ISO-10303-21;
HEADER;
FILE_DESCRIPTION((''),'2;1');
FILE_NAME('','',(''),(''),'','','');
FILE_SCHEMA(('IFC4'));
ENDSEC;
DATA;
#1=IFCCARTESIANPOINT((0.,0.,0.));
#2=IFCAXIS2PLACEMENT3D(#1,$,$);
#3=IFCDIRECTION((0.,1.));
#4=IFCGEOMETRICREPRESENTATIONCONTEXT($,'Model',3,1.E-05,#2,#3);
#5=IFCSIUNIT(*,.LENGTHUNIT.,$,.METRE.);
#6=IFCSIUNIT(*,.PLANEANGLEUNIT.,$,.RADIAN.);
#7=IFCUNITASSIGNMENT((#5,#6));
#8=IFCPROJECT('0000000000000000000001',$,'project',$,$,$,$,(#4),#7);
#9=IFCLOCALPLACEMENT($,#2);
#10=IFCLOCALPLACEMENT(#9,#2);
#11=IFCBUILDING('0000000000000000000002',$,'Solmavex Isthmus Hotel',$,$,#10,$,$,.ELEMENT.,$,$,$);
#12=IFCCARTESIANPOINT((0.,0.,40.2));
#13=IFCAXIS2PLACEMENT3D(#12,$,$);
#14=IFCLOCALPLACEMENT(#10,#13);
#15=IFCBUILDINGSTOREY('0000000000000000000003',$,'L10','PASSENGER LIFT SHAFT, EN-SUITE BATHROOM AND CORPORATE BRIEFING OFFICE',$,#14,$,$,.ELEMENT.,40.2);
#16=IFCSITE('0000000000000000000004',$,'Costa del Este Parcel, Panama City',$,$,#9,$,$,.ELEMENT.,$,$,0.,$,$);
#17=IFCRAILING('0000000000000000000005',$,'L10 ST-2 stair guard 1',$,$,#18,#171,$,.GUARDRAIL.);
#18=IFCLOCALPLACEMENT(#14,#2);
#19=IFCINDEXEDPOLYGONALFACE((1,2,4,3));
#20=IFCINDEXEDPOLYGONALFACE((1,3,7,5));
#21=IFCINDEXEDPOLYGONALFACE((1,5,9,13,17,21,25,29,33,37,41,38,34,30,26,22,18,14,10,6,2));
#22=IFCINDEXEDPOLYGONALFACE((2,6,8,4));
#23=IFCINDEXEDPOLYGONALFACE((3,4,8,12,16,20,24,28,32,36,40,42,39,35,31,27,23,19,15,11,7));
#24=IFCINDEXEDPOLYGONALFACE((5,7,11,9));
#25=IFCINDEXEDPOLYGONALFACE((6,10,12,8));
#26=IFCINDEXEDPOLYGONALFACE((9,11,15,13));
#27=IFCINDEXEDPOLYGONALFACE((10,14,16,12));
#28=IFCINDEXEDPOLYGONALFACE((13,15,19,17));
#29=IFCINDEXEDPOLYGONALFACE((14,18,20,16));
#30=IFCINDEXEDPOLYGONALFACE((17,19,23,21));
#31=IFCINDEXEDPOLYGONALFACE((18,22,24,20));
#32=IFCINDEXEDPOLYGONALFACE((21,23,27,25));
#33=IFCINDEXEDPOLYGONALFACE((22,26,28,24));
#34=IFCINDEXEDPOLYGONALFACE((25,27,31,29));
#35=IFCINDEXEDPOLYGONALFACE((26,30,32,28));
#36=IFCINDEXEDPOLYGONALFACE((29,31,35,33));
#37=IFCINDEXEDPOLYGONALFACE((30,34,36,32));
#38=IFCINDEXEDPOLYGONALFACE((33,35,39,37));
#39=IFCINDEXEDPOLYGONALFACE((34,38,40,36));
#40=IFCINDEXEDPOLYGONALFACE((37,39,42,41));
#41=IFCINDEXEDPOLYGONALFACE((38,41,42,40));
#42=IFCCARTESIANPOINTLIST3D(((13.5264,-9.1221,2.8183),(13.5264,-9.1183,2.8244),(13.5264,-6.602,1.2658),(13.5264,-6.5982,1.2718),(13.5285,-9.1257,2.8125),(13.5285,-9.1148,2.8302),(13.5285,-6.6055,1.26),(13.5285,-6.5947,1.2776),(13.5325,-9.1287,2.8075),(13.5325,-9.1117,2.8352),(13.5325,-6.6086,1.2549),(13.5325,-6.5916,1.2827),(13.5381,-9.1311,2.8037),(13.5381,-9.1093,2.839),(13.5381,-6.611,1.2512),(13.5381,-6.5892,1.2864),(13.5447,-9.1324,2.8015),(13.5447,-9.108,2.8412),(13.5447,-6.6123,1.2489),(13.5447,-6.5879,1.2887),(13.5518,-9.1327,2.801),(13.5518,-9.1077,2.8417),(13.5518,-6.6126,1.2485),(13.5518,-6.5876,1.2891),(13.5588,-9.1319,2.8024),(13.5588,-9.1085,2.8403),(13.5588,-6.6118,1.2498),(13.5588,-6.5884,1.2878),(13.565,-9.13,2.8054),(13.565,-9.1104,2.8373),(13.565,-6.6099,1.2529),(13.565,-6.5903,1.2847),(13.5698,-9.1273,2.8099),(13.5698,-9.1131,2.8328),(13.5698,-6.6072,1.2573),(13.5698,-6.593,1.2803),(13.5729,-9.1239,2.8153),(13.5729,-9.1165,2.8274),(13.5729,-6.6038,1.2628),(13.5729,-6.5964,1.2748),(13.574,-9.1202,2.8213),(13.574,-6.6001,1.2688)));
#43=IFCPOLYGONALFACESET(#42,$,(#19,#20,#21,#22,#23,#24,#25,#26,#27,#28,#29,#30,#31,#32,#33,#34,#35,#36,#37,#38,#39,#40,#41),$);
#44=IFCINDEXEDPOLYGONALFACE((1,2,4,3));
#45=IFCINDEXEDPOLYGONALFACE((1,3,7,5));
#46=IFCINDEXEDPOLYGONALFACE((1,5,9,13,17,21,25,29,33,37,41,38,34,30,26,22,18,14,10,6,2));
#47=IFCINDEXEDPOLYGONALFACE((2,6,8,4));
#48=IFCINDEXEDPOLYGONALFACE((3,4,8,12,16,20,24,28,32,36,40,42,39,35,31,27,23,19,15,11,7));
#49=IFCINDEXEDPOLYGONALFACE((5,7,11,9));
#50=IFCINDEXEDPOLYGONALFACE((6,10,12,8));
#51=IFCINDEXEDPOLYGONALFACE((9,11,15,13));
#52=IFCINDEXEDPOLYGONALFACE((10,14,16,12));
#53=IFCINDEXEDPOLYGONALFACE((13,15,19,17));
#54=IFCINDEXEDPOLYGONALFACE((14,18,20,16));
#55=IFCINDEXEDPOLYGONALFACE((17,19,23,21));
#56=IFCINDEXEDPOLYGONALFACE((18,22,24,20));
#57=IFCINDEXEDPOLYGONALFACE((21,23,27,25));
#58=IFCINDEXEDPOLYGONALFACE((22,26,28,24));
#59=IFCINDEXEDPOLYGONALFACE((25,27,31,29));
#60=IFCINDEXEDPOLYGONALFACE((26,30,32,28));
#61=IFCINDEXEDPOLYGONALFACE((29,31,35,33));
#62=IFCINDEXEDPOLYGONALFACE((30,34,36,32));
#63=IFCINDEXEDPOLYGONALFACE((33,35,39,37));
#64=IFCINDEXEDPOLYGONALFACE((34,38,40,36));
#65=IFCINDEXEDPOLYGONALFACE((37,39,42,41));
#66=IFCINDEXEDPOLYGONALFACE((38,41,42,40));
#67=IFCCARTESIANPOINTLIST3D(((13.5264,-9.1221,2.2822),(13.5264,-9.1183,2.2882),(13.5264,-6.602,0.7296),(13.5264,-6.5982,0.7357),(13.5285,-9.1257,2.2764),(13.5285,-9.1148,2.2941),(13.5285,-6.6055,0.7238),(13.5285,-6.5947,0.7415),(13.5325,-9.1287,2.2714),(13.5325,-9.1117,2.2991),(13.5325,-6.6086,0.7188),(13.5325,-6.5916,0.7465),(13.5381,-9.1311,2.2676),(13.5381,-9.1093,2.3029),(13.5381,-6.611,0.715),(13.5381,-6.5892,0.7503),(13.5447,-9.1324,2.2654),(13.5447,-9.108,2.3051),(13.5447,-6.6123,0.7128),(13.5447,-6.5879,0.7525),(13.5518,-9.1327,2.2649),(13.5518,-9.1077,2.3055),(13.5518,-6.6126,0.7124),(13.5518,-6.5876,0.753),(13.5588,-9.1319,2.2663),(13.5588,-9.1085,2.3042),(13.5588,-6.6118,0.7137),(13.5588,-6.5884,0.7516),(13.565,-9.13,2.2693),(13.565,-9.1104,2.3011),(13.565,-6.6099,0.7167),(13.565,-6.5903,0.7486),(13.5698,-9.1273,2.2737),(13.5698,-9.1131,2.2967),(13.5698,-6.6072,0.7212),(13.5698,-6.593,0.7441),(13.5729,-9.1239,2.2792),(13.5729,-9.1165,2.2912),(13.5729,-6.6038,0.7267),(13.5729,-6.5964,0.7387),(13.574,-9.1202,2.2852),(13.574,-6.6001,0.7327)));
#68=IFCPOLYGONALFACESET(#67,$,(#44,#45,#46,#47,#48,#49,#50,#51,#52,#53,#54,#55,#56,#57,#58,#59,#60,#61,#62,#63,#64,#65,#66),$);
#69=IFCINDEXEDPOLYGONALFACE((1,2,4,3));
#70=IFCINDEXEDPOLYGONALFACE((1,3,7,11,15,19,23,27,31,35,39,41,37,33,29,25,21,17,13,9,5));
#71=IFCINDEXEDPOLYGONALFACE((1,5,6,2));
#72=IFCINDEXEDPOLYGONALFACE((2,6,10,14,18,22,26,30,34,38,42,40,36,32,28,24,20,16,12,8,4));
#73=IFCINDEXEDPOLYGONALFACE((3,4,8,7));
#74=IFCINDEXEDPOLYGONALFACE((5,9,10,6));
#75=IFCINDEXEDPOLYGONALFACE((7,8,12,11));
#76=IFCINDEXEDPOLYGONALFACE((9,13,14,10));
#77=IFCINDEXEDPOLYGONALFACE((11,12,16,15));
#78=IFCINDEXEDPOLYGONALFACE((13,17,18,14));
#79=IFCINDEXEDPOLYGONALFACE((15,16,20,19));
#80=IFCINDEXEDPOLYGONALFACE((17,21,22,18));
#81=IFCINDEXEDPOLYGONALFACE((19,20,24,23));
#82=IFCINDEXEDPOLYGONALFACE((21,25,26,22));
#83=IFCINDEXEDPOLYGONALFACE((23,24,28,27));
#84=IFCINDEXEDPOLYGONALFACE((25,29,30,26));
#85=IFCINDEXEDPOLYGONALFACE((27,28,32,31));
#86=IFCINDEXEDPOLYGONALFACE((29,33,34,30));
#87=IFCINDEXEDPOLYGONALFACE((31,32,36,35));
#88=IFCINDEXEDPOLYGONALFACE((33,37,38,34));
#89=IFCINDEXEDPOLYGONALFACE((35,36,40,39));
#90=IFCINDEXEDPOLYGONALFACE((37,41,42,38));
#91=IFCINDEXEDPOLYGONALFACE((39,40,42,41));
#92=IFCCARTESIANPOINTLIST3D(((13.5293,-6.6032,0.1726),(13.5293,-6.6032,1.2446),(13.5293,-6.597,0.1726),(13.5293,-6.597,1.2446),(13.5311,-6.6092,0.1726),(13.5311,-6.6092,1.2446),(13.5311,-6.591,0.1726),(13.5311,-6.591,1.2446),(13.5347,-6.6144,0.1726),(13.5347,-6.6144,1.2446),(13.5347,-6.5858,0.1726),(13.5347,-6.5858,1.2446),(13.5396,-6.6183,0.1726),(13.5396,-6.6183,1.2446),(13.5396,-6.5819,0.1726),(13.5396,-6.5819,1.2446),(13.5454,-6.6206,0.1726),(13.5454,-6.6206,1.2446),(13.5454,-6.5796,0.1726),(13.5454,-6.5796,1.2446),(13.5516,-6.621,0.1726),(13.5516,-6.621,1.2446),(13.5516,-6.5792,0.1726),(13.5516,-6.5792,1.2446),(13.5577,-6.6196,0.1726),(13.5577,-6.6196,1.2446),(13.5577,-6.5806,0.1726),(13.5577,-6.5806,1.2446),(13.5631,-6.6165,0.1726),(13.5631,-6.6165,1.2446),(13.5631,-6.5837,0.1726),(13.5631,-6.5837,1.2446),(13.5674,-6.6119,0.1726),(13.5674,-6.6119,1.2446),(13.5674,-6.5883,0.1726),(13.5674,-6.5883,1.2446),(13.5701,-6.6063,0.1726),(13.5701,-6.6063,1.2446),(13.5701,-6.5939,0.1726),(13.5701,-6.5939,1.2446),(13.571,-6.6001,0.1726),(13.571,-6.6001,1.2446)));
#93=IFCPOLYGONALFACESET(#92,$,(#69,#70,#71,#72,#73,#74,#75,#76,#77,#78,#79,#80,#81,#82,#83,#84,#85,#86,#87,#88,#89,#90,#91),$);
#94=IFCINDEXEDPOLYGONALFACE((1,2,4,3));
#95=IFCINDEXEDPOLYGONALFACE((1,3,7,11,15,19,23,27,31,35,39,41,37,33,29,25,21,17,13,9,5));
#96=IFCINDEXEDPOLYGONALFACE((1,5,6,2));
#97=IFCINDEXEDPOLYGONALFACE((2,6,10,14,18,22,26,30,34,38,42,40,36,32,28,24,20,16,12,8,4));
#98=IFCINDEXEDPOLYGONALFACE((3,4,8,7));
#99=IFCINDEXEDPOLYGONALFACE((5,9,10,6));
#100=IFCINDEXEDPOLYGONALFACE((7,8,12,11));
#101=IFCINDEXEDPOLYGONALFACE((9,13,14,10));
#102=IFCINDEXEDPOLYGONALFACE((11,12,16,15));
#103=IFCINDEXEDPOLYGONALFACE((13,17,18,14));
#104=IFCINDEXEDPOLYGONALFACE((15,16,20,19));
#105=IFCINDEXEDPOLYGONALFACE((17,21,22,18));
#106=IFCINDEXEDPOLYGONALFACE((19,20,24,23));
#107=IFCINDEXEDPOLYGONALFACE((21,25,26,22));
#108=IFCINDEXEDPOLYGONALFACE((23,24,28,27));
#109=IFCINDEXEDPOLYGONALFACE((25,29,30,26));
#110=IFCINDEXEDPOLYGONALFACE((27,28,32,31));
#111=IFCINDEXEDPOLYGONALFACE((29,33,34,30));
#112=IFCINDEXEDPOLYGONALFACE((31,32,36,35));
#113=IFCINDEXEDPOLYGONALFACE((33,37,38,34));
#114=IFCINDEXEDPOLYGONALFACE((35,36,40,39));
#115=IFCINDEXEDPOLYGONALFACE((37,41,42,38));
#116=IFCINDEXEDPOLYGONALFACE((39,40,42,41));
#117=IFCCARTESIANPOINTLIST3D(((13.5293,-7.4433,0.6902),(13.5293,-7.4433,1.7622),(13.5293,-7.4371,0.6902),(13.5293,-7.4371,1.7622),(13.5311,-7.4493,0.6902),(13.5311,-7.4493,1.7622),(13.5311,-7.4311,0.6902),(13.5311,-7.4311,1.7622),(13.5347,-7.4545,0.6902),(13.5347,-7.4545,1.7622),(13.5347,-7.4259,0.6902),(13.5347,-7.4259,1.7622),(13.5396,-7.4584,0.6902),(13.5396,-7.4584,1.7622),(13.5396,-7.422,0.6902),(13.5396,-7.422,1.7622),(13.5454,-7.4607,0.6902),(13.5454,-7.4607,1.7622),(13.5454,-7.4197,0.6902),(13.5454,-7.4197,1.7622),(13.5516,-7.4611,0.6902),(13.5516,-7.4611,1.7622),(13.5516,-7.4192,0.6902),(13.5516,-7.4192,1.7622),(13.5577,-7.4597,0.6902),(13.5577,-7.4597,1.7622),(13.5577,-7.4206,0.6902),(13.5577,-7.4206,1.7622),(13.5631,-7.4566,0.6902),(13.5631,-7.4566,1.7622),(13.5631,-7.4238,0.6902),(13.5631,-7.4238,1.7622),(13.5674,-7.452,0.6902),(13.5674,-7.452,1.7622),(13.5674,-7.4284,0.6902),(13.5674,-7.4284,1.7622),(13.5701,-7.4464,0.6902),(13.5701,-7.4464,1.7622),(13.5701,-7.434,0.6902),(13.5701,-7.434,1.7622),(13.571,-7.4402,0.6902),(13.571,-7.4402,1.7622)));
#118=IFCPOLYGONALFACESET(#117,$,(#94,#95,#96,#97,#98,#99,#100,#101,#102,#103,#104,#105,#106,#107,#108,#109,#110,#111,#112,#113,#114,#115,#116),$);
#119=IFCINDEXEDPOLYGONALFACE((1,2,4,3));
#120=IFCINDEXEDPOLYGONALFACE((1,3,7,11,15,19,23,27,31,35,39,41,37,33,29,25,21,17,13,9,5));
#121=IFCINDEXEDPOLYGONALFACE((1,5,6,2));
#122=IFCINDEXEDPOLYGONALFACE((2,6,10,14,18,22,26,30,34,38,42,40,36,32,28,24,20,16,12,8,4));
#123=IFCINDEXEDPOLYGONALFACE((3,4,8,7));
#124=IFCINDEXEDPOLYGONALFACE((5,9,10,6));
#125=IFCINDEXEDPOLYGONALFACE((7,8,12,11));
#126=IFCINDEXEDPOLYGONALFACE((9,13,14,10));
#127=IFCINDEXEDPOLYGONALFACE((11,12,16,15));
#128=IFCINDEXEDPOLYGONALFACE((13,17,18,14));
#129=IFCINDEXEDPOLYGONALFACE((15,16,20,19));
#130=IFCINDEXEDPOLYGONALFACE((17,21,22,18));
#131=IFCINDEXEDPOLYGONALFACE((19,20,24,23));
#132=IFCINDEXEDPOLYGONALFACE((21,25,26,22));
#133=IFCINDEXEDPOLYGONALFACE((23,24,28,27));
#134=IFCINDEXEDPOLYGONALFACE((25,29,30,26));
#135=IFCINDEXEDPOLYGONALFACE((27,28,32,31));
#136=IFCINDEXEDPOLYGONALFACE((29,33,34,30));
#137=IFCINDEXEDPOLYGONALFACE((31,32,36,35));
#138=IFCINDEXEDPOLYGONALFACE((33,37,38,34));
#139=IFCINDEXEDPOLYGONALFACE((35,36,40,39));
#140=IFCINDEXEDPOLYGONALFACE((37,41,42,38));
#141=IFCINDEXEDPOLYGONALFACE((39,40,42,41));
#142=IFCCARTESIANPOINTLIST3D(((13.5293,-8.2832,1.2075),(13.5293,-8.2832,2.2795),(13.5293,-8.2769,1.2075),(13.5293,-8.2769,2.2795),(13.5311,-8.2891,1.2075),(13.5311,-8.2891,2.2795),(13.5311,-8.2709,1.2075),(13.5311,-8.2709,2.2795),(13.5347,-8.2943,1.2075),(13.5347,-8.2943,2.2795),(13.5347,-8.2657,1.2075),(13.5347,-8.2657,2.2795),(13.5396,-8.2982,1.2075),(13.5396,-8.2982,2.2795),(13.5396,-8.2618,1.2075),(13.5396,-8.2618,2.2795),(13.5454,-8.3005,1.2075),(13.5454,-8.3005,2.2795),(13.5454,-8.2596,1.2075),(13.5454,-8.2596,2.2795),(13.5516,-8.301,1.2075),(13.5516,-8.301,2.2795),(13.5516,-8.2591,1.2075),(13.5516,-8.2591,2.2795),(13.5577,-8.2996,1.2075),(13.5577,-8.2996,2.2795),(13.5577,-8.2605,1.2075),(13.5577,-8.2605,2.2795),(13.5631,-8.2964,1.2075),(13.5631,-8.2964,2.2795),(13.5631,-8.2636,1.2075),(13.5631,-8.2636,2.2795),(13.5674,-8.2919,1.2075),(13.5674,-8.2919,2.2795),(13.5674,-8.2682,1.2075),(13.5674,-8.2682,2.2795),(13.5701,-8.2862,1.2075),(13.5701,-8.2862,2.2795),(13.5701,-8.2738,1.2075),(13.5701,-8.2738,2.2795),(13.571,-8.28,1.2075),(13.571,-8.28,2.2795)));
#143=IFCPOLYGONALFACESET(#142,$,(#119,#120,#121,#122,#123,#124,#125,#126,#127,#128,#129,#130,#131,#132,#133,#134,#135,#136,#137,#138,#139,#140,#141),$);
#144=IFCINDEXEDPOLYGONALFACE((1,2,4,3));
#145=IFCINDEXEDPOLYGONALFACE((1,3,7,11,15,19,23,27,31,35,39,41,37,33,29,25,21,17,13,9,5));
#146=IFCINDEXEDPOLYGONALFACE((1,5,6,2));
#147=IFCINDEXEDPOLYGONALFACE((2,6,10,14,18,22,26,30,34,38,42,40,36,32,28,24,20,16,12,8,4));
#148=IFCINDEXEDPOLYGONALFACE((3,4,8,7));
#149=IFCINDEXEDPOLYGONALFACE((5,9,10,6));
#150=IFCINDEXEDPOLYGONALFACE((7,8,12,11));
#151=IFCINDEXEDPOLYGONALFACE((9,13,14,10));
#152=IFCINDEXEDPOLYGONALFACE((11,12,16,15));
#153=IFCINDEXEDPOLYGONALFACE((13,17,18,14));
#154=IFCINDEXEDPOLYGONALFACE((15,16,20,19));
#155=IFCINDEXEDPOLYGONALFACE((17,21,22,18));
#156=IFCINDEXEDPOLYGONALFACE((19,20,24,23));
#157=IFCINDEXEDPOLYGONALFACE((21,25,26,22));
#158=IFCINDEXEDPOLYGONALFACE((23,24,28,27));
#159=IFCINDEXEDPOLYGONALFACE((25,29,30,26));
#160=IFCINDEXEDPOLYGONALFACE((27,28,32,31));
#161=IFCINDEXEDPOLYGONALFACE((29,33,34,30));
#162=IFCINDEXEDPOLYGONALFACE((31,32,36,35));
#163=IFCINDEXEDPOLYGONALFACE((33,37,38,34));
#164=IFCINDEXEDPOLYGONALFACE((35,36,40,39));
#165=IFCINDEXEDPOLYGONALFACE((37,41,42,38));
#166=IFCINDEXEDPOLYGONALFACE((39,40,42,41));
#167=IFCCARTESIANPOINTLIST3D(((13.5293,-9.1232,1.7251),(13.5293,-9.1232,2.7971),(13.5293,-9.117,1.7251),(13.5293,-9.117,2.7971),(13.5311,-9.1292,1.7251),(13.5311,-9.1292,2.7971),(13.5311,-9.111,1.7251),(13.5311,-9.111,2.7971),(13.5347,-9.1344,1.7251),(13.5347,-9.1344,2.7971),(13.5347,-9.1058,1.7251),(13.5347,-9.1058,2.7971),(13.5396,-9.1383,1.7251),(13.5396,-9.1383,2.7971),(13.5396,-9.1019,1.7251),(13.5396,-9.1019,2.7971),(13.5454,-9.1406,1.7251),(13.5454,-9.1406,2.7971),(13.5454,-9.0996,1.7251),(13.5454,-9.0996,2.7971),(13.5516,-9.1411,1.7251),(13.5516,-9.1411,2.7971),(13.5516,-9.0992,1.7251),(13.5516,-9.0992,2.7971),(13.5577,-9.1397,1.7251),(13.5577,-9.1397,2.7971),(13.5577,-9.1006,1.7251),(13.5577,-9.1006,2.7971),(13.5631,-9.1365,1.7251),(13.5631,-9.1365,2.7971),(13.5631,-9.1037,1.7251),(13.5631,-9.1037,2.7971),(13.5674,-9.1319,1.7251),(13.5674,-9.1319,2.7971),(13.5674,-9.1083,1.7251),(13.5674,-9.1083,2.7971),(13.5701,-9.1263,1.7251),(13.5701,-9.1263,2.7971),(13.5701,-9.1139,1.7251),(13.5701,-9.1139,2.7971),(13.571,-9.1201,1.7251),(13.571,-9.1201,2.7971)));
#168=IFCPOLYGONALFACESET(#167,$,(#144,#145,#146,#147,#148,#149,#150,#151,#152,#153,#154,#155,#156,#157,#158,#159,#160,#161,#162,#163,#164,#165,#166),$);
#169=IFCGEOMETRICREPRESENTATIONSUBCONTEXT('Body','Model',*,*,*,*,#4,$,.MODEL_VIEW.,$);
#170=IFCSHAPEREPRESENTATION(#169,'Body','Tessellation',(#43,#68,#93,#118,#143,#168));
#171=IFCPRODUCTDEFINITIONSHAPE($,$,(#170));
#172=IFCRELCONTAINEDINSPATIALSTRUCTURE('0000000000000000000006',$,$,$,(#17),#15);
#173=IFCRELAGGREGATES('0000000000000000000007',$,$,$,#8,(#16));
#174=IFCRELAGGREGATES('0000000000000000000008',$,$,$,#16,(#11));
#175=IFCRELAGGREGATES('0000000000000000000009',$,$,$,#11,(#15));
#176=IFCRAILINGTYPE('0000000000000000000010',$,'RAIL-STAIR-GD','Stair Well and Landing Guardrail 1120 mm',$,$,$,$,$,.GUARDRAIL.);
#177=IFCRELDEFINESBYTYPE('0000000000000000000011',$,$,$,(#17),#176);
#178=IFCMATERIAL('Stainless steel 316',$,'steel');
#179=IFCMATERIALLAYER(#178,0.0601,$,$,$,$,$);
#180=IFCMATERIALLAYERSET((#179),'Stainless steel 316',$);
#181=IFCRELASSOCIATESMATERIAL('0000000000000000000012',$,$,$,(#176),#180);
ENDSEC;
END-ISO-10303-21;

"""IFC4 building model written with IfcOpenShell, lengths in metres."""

from ifc_helpers import new_model, si_unit, direction, frame, origin, origin_2d, place, context, subcontext, project, spatial, circle, extrude, material, layer, layer_set, type_object, element, save


model = new_model("IFC4")

# Units and contexts
model_context = context("Model", 3, precision=1e-05, world=origin(), true_north=direction((0.0, 1.0)))
body_context = subcontext(model_context, "Body", "Model", "MODEL_VIEW")
ifc_project = project(units=[si_unit("LENGTHUNIT", "METRE"), si_unit("PLANEANGLEUNIT", "RADIAN")], contexts=[model_context])

# Site, building, storey
site_placement = place(None, origin())
site = spatial("IfcSite", under=ifc_project, at=site_placement, Name="Costa del Este Parcel, Panama City", CompositionType="ELEMENT", RefElevation=0.0)
building_placement = place(site_placement, origin())
building = spatial("IfcBuilding", under=site, at=building_placement, Name="Solmavex Isthmus Hotel", CompositionType="ELEMENT")
storey_placement = place(building_placement, frame((0.0, 0.0, 40.2)))
storey = spatial("IfcBuildingStorey", under=building, at=storey_placement, Name="L10", Description="PASSENGER LIFT SHAFT, EN-SUITE BATHROOM AND CORPORATE BRIEFING OFFICE", CompositionType="ELEMENT", Elevation=40.2)

# Railing
ifc_material_1 = material(Name="Stainless steel 316", Category="steel")
ifc_layer_1 = layer(ifc_material_1, 0.0601)
ifc_layer_set_1 = layer_set([ifc_layer_1], Name="Stainless steel 316")
railing_type_1 = type_object("IfcRailingType", Name="RAIL-STAIR-GD", Description="Stair Well and Landing Guardrail 1120 mm", PredefinedType="GUARDRAIL", material=ifc_layer_set_1)
railing_1_placement = place(storey_placement, frame((13.55, -6.6001, 0.1726)))
element("IfcRailing", 1, at=railing_1_placement, inside=storey, type_object=railing_type_1, Name="L10 ST-2 stair guard 1", PredefinedType="GUARDRAIL", context=body_context, shape_type="SweptSolid", body=[
    extrude(circle(Radius=0.0239, at=origin_2d()), frame((0.0, 0.0, 1.0962), z_axis=(0.0, -0.8514, 0.524516), x_axis=(1.0, 0.0, 0.0)), (0.0, 0.0, 1.0), 2.96),
    extrude(circle(Radius=0.0239, at=origin_2d()), frame((0.0, 0.0, 0.5601), z_axis=(0.0, -0.8514, 0.524516), x_axis=(1.0, 0.0, 0.0)), (0.0, 0.0, 1.0), 2.96),
    extrude(circle(Radius=0.021, at=origin_2d()), origin(), (0.0, 0.0, 1.0), 1.072),
    extrude(circle(Radius=0.021, at=origin_2d()), frame((0.0, -0.8401, 0.5176)), (0.0, 0.0, 1.0), 1.072),
    extrude(circle(Radius=0.021, at=origin_2d()), frame((0.0, -1.6799, 1.0349)), (0.0, 0.0, 1.0), 1.072),
    extrude(circle(Radius=0.021, at=origin_2d()), frame((0.0, -2.52, 1.5525)), (0.0, 0.0, 1.0), 1.072),
])

save(model, "model.ifc")
